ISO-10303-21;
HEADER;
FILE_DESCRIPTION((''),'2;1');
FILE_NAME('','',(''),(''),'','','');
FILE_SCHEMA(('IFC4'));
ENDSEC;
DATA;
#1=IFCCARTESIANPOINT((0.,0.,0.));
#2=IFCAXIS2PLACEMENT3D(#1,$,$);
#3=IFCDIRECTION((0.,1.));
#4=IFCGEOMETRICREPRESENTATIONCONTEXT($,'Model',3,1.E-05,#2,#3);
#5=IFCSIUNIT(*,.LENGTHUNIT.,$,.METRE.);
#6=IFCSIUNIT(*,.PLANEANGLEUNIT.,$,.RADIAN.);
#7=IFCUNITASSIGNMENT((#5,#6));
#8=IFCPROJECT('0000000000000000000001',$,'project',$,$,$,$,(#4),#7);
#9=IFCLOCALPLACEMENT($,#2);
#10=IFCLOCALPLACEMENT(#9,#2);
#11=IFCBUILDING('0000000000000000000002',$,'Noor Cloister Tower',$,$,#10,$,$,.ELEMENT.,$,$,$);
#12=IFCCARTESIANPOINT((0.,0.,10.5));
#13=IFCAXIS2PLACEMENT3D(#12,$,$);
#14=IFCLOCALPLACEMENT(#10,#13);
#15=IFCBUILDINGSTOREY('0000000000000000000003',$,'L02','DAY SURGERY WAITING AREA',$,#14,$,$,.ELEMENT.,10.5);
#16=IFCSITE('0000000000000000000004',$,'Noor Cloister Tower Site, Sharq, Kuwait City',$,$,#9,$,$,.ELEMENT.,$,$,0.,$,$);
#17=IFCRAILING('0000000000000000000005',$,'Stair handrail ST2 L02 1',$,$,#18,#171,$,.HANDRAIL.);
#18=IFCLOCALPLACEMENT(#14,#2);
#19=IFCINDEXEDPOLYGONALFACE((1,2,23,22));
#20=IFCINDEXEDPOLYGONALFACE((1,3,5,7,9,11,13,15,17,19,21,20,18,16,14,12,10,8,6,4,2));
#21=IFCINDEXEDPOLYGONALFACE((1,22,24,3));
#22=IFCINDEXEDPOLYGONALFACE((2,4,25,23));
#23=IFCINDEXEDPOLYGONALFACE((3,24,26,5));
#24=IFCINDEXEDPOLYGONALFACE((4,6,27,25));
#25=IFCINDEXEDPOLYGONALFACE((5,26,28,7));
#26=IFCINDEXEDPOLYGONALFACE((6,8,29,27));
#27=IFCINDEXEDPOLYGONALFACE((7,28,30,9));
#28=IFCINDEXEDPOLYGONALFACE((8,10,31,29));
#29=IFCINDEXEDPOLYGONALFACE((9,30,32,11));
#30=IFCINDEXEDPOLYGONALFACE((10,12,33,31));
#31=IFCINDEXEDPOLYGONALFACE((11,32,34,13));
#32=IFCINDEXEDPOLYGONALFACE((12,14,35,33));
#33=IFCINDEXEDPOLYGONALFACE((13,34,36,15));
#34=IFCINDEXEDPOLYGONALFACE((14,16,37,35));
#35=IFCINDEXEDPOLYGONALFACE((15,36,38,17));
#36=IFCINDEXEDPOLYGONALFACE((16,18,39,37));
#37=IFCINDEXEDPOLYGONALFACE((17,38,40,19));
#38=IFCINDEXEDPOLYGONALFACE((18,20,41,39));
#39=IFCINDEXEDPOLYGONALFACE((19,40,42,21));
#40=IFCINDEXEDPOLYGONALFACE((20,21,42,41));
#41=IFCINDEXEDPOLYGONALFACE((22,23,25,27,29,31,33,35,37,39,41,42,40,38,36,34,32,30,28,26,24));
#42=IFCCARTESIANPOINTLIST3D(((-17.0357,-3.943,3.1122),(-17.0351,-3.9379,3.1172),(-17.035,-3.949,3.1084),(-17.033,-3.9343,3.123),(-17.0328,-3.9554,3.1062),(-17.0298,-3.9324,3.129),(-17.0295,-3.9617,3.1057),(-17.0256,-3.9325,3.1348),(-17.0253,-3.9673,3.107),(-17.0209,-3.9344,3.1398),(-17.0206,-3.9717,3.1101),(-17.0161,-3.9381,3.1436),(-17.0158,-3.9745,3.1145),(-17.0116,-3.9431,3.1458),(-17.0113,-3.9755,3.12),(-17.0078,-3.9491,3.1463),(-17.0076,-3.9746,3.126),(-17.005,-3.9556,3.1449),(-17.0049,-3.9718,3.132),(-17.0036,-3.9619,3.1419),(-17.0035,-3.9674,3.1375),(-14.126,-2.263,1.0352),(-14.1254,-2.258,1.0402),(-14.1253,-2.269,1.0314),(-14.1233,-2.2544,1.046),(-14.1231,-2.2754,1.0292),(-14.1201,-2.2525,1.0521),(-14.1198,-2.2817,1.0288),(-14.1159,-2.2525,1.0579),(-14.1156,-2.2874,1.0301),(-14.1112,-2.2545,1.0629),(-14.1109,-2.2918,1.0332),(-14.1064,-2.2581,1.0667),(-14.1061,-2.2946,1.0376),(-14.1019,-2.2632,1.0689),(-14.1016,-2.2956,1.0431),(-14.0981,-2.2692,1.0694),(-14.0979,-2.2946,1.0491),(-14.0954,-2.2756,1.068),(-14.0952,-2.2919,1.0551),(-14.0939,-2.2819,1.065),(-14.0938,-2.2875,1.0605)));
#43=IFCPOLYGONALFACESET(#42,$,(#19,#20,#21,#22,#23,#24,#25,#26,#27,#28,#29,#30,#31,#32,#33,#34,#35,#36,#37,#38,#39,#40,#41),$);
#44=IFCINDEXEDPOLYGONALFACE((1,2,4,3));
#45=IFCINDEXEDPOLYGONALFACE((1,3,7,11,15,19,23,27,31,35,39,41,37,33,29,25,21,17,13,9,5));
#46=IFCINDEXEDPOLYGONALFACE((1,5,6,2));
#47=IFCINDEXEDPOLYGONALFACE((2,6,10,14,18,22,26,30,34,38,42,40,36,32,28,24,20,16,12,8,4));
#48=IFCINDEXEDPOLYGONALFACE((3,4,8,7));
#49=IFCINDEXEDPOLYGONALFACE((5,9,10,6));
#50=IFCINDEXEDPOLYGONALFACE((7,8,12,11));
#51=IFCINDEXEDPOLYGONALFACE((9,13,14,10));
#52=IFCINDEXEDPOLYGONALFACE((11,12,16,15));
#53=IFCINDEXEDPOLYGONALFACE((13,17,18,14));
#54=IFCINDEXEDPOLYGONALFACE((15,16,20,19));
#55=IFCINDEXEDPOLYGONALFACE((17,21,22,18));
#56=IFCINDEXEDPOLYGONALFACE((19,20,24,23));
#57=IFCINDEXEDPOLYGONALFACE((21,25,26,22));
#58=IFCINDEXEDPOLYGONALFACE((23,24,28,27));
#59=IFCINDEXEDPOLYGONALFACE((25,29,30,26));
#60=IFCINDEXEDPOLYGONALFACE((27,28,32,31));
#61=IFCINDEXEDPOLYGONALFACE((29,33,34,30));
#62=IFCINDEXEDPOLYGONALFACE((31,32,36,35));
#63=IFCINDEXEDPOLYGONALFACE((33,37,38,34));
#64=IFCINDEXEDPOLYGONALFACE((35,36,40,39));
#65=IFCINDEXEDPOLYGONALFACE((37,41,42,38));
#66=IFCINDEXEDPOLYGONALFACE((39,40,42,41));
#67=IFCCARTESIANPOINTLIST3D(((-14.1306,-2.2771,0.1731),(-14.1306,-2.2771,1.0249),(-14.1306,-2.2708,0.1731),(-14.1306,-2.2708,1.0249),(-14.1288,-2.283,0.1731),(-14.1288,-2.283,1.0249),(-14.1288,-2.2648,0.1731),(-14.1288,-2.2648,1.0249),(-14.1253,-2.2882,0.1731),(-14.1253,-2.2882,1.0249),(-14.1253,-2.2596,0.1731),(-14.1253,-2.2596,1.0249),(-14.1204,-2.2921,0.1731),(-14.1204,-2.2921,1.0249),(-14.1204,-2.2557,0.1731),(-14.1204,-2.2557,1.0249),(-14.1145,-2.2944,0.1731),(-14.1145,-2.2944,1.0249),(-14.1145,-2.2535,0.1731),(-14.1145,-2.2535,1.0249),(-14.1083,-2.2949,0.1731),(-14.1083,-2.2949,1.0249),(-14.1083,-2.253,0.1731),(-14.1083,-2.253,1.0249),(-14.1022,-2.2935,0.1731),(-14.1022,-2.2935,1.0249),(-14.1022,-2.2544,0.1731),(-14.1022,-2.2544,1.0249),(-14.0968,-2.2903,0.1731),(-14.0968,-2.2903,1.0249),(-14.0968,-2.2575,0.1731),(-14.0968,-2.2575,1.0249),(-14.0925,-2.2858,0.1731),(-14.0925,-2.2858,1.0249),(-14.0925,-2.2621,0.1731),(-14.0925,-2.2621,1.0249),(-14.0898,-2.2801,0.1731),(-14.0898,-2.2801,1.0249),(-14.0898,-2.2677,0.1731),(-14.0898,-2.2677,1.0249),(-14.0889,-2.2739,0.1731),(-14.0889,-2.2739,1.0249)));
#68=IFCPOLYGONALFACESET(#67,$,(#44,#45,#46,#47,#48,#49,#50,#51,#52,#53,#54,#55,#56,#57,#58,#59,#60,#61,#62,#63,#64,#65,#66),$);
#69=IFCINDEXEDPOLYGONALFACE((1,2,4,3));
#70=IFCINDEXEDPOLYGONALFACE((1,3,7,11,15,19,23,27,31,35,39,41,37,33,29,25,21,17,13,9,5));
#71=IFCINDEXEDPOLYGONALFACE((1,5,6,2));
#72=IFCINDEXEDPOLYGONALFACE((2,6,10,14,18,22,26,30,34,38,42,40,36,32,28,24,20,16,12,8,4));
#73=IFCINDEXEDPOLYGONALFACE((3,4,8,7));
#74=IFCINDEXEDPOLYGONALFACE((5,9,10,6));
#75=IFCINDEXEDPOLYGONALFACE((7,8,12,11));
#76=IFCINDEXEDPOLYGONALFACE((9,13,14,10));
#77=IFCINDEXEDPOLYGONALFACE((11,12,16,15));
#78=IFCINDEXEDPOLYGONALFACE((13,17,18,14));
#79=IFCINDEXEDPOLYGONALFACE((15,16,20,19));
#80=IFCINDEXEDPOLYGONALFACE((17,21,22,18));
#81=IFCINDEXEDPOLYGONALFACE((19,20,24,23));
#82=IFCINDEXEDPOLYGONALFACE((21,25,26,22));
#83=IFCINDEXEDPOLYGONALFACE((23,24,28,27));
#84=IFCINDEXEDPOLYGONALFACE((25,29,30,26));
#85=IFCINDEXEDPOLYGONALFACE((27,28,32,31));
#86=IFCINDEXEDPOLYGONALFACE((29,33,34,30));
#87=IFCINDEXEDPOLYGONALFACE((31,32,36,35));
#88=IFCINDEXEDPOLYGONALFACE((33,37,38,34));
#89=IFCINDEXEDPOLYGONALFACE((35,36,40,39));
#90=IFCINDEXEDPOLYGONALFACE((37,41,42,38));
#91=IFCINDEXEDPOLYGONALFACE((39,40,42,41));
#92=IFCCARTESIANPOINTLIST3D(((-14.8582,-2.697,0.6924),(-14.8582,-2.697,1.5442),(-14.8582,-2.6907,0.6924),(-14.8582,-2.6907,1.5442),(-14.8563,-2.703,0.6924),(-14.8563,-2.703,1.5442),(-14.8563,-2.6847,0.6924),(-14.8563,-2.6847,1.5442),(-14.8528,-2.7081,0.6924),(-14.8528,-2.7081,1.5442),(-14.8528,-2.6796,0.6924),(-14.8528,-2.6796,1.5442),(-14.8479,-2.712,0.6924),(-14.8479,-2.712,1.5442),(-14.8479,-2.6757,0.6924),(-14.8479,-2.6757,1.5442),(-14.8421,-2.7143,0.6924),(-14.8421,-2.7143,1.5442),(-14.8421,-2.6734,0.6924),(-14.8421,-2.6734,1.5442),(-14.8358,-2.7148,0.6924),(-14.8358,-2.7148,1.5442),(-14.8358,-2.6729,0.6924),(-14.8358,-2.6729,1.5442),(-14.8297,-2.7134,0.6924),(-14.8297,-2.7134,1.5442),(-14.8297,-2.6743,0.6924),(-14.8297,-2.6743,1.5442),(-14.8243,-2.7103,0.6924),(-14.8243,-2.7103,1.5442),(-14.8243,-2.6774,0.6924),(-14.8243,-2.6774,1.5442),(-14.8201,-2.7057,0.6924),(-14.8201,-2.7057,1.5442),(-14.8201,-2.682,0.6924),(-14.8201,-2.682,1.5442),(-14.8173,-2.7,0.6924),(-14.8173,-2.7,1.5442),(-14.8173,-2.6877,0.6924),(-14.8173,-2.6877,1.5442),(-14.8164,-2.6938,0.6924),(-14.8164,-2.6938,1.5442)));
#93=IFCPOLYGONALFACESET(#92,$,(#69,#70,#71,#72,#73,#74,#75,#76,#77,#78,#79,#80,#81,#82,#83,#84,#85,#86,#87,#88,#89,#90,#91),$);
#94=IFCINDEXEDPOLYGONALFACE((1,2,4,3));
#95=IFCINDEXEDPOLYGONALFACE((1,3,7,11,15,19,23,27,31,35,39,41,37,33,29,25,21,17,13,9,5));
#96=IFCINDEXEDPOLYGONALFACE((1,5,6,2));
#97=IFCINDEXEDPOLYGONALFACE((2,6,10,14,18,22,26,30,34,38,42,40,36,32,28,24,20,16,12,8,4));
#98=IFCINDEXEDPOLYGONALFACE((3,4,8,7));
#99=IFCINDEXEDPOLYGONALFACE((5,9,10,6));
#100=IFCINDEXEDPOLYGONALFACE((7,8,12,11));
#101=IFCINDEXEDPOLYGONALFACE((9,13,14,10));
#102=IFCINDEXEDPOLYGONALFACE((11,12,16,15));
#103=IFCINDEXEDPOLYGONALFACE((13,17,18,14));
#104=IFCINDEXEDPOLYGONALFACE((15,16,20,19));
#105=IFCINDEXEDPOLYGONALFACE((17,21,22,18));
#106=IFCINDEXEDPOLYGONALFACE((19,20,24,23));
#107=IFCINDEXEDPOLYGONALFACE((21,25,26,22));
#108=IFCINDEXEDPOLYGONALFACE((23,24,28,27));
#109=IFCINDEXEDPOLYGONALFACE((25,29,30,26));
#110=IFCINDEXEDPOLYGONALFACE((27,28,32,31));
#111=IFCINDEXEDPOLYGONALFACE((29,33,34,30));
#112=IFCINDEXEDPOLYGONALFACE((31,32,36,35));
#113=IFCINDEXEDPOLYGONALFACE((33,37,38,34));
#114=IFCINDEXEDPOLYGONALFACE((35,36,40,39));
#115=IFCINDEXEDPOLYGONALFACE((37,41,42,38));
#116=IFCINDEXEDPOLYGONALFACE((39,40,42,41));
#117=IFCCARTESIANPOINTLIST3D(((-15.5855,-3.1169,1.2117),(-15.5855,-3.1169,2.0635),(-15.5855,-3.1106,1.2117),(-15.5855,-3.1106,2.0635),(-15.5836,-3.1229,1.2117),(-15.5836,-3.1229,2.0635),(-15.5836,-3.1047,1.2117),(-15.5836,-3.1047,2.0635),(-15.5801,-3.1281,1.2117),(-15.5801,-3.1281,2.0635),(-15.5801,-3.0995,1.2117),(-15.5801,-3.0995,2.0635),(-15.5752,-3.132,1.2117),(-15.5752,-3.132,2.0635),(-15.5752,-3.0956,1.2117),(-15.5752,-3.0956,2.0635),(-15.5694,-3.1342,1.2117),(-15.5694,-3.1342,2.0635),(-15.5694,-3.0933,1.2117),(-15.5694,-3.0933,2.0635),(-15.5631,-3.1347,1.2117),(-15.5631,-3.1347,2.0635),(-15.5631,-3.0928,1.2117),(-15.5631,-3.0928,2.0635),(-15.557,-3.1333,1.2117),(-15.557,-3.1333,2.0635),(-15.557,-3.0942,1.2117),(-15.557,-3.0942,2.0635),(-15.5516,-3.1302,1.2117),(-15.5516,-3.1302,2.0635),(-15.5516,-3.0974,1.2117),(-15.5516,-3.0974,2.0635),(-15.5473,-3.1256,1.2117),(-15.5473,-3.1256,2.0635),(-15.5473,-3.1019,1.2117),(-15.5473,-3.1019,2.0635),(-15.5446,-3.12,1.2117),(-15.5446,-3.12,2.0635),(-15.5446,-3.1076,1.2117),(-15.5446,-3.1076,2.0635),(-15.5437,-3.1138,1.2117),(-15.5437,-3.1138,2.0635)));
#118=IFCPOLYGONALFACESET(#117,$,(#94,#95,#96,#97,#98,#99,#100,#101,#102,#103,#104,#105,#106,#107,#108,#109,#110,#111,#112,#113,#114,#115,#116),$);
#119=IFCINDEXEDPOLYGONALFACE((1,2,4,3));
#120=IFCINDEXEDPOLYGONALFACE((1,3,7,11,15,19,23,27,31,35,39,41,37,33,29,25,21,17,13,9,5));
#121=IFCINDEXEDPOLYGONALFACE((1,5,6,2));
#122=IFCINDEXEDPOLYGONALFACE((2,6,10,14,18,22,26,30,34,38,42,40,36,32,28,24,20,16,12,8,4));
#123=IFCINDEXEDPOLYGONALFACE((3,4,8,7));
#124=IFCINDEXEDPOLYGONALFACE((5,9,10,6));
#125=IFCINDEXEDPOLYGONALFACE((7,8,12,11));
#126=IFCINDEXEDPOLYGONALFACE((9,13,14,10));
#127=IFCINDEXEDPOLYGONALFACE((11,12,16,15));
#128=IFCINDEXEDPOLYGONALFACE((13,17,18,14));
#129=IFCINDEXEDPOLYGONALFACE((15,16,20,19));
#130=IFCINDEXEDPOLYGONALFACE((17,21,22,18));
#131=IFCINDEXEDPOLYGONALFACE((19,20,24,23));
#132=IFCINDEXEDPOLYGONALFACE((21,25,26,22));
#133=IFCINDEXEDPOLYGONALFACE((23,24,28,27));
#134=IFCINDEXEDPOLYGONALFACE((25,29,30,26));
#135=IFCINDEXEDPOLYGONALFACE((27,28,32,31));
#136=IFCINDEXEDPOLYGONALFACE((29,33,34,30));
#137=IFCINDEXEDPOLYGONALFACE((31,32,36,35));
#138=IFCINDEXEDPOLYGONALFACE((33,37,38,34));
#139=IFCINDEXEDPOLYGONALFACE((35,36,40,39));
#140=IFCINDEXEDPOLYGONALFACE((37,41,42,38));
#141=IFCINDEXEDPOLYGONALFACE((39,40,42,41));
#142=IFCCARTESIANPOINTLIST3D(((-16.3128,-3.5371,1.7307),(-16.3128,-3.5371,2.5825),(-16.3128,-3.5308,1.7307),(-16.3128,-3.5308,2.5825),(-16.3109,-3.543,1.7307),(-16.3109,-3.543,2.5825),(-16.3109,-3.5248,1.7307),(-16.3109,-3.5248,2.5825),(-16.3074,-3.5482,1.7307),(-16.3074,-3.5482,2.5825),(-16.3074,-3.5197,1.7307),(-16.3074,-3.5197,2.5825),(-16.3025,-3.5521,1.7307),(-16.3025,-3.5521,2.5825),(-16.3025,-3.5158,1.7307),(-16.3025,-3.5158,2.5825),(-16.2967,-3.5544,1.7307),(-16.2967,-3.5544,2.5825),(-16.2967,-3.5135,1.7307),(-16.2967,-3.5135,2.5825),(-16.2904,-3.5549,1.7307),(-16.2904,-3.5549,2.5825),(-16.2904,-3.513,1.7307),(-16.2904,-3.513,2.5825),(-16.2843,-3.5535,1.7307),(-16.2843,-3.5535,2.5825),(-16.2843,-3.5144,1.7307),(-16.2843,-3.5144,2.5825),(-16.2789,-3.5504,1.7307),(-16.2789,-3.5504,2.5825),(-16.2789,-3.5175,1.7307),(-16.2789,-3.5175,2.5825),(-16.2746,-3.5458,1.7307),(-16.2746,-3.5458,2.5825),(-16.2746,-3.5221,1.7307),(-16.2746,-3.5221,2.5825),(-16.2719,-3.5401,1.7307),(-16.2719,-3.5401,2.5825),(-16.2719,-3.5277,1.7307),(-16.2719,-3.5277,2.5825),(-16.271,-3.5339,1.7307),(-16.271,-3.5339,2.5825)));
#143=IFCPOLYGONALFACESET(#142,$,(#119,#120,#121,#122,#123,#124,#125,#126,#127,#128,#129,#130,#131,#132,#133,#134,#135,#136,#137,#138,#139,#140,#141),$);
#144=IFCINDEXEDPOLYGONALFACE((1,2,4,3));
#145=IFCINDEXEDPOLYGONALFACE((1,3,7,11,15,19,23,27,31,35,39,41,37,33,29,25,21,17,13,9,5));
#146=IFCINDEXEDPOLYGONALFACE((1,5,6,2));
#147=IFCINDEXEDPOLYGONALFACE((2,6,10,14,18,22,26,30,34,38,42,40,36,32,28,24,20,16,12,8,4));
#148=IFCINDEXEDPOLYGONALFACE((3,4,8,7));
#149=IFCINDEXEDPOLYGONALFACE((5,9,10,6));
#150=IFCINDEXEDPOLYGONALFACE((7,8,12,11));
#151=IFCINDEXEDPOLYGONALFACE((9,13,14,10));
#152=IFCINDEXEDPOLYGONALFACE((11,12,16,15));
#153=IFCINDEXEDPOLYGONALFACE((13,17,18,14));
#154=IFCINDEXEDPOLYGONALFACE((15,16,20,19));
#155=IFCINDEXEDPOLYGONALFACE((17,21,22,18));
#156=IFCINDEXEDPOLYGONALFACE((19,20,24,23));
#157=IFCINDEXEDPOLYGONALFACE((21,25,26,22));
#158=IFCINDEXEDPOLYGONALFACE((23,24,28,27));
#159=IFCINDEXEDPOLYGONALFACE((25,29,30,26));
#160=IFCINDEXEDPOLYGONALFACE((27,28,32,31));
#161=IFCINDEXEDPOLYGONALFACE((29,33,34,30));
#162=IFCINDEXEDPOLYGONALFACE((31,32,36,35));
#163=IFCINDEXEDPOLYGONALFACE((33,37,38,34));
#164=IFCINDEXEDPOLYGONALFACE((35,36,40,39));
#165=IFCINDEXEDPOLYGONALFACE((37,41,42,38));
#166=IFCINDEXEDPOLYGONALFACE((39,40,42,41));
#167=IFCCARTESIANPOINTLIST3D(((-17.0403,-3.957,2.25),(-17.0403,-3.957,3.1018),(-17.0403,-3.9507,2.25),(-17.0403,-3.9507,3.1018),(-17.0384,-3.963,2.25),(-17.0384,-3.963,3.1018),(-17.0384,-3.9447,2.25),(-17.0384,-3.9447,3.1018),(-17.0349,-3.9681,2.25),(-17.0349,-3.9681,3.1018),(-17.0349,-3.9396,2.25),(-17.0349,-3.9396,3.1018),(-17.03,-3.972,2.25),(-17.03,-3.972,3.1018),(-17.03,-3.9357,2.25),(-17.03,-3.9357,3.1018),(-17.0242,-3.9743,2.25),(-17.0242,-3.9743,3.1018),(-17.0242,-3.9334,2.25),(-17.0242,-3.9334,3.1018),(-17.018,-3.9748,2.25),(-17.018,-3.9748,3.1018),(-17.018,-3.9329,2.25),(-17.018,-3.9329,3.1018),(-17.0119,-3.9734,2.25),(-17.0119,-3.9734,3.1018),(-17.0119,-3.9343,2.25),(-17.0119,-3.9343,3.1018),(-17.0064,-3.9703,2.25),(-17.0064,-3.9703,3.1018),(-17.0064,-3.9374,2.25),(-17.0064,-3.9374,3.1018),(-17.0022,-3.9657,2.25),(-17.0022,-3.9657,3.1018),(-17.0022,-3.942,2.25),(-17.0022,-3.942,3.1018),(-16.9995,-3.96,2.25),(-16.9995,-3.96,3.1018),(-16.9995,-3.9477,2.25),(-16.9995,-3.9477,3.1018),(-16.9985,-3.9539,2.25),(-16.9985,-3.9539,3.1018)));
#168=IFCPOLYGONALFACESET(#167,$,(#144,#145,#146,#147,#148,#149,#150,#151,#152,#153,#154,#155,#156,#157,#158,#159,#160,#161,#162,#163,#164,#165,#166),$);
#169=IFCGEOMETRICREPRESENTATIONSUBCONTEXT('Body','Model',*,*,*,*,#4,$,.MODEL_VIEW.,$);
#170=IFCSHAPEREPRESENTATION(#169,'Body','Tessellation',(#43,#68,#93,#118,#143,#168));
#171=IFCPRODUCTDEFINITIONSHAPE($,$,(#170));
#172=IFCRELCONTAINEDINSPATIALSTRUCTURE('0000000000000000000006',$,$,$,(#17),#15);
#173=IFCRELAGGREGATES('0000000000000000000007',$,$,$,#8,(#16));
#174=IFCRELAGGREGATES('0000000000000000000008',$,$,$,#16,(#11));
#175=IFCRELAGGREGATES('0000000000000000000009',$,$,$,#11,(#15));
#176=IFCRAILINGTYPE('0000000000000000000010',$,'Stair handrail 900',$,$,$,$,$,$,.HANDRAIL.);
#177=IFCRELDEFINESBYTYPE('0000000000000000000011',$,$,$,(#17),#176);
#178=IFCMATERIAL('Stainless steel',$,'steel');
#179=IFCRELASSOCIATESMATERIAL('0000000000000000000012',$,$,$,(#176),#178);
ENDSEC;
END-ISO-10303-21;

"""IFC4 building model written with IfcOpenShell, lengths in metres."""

from ifc_helpers import new_model, si_unit, direction, frame, origin, origin_2d, place, context, subcontext, project, spatial, circle, extrude, material, type_object, element, save


model = new_model("IFC4")

# Units and contexts
model_context = context("Model", 3, precision=1e-05, world=origin(), true_north=direction((0.0, 1.0)))
body_context = subcontext(model_context, "Body", "Model", "MODEL_VIEW")
ifc_project = project(units=[si_unit("LENGTHUNIT", "METRE"), si_unit("PLANEANGLEUNIT", "RADIAN")], contexts=[model_context])

# Site, building, storey
site_placement = place(None, origin())
site = spatial("IfcSite", under=ifc_project, at=site_placement, Name="Noor Cloister Tower Site, Sharq, Kuwait City", CompositionType="ELEMENT", RefElevation=0.0)
building_placement = place(site_placement, origin())
building = spatial("IfcBuilding", under=site, at=building_placement, Name="Noor Cloister Tower", CompositionType="ELEMENT")
storey_placement = place(building_placement, frame((0.0, 0.0, 10.5)))
storey = spatial("IfcBuildingStorey", under=building, at=storey_placement, Name="L02", Description="DAY SURGERY WAITING AREA", CompositionType="ELEMENT", Elevation=10.5)

# Railing
ifc_material_1 = material(Name="Stainless steel", Category="steel")
railing_type = type_object("IfcRailingType", Name="Stair handrail 900", PredefinedType="HANDRAIL", material=ifc_material_1)
railing_1_placement = place(storey_placement, frame((-14.1099, -2.2739, 0.1731)))
element("IfcRailing", 1, at=railing_1_placement, inside=storey, type_object=railing_type, Name="Stair handrail ST2 L02 1", PredefinedType="HANDRAIL", context=body_context, shape_type="SweptSolid", body=[
    extrude(circle(Radius=0.0239, at=origin_2d()), frame((0.0, 0.0, 0.876), z_axis=(-0.73664, -0.425308, 0.525809), x_axis=(0.500008, -0.866021, 0.0)), (0.0, 0.0, 1.0), 3.95),
    extrude(circle(Radius=0.021, at=origin_2d()), origin(), (0.0, 0.0, 1.0), 0.8518),
    extrude(circle(Radius=0.021, at=origin_2d()), frame((-0.7275, -0.4199, 0.5193)), (0.0, 0.0, 1.0), 0.8518),
    extrude(circle(Radius=0.021, at=origin_2d()), frame((-1.4548, -0.8398, 1.0386)), (0.0, 0.0, 1.0), 0.8518),
    extrude(circle(Radius=0.021, at=origin_2d()), frame((-2.1821, -1.26, 1.5576)), (0.0, 0.0, 1.0), 0.8518),
    extrude(circle(Radius=0.021, at=origin_2d()), frame((-2.9097, -1.6799, 2.0769)), (0.0, 0.0, 1.0), 0.8518),
])

save(model, "model.ifc")
